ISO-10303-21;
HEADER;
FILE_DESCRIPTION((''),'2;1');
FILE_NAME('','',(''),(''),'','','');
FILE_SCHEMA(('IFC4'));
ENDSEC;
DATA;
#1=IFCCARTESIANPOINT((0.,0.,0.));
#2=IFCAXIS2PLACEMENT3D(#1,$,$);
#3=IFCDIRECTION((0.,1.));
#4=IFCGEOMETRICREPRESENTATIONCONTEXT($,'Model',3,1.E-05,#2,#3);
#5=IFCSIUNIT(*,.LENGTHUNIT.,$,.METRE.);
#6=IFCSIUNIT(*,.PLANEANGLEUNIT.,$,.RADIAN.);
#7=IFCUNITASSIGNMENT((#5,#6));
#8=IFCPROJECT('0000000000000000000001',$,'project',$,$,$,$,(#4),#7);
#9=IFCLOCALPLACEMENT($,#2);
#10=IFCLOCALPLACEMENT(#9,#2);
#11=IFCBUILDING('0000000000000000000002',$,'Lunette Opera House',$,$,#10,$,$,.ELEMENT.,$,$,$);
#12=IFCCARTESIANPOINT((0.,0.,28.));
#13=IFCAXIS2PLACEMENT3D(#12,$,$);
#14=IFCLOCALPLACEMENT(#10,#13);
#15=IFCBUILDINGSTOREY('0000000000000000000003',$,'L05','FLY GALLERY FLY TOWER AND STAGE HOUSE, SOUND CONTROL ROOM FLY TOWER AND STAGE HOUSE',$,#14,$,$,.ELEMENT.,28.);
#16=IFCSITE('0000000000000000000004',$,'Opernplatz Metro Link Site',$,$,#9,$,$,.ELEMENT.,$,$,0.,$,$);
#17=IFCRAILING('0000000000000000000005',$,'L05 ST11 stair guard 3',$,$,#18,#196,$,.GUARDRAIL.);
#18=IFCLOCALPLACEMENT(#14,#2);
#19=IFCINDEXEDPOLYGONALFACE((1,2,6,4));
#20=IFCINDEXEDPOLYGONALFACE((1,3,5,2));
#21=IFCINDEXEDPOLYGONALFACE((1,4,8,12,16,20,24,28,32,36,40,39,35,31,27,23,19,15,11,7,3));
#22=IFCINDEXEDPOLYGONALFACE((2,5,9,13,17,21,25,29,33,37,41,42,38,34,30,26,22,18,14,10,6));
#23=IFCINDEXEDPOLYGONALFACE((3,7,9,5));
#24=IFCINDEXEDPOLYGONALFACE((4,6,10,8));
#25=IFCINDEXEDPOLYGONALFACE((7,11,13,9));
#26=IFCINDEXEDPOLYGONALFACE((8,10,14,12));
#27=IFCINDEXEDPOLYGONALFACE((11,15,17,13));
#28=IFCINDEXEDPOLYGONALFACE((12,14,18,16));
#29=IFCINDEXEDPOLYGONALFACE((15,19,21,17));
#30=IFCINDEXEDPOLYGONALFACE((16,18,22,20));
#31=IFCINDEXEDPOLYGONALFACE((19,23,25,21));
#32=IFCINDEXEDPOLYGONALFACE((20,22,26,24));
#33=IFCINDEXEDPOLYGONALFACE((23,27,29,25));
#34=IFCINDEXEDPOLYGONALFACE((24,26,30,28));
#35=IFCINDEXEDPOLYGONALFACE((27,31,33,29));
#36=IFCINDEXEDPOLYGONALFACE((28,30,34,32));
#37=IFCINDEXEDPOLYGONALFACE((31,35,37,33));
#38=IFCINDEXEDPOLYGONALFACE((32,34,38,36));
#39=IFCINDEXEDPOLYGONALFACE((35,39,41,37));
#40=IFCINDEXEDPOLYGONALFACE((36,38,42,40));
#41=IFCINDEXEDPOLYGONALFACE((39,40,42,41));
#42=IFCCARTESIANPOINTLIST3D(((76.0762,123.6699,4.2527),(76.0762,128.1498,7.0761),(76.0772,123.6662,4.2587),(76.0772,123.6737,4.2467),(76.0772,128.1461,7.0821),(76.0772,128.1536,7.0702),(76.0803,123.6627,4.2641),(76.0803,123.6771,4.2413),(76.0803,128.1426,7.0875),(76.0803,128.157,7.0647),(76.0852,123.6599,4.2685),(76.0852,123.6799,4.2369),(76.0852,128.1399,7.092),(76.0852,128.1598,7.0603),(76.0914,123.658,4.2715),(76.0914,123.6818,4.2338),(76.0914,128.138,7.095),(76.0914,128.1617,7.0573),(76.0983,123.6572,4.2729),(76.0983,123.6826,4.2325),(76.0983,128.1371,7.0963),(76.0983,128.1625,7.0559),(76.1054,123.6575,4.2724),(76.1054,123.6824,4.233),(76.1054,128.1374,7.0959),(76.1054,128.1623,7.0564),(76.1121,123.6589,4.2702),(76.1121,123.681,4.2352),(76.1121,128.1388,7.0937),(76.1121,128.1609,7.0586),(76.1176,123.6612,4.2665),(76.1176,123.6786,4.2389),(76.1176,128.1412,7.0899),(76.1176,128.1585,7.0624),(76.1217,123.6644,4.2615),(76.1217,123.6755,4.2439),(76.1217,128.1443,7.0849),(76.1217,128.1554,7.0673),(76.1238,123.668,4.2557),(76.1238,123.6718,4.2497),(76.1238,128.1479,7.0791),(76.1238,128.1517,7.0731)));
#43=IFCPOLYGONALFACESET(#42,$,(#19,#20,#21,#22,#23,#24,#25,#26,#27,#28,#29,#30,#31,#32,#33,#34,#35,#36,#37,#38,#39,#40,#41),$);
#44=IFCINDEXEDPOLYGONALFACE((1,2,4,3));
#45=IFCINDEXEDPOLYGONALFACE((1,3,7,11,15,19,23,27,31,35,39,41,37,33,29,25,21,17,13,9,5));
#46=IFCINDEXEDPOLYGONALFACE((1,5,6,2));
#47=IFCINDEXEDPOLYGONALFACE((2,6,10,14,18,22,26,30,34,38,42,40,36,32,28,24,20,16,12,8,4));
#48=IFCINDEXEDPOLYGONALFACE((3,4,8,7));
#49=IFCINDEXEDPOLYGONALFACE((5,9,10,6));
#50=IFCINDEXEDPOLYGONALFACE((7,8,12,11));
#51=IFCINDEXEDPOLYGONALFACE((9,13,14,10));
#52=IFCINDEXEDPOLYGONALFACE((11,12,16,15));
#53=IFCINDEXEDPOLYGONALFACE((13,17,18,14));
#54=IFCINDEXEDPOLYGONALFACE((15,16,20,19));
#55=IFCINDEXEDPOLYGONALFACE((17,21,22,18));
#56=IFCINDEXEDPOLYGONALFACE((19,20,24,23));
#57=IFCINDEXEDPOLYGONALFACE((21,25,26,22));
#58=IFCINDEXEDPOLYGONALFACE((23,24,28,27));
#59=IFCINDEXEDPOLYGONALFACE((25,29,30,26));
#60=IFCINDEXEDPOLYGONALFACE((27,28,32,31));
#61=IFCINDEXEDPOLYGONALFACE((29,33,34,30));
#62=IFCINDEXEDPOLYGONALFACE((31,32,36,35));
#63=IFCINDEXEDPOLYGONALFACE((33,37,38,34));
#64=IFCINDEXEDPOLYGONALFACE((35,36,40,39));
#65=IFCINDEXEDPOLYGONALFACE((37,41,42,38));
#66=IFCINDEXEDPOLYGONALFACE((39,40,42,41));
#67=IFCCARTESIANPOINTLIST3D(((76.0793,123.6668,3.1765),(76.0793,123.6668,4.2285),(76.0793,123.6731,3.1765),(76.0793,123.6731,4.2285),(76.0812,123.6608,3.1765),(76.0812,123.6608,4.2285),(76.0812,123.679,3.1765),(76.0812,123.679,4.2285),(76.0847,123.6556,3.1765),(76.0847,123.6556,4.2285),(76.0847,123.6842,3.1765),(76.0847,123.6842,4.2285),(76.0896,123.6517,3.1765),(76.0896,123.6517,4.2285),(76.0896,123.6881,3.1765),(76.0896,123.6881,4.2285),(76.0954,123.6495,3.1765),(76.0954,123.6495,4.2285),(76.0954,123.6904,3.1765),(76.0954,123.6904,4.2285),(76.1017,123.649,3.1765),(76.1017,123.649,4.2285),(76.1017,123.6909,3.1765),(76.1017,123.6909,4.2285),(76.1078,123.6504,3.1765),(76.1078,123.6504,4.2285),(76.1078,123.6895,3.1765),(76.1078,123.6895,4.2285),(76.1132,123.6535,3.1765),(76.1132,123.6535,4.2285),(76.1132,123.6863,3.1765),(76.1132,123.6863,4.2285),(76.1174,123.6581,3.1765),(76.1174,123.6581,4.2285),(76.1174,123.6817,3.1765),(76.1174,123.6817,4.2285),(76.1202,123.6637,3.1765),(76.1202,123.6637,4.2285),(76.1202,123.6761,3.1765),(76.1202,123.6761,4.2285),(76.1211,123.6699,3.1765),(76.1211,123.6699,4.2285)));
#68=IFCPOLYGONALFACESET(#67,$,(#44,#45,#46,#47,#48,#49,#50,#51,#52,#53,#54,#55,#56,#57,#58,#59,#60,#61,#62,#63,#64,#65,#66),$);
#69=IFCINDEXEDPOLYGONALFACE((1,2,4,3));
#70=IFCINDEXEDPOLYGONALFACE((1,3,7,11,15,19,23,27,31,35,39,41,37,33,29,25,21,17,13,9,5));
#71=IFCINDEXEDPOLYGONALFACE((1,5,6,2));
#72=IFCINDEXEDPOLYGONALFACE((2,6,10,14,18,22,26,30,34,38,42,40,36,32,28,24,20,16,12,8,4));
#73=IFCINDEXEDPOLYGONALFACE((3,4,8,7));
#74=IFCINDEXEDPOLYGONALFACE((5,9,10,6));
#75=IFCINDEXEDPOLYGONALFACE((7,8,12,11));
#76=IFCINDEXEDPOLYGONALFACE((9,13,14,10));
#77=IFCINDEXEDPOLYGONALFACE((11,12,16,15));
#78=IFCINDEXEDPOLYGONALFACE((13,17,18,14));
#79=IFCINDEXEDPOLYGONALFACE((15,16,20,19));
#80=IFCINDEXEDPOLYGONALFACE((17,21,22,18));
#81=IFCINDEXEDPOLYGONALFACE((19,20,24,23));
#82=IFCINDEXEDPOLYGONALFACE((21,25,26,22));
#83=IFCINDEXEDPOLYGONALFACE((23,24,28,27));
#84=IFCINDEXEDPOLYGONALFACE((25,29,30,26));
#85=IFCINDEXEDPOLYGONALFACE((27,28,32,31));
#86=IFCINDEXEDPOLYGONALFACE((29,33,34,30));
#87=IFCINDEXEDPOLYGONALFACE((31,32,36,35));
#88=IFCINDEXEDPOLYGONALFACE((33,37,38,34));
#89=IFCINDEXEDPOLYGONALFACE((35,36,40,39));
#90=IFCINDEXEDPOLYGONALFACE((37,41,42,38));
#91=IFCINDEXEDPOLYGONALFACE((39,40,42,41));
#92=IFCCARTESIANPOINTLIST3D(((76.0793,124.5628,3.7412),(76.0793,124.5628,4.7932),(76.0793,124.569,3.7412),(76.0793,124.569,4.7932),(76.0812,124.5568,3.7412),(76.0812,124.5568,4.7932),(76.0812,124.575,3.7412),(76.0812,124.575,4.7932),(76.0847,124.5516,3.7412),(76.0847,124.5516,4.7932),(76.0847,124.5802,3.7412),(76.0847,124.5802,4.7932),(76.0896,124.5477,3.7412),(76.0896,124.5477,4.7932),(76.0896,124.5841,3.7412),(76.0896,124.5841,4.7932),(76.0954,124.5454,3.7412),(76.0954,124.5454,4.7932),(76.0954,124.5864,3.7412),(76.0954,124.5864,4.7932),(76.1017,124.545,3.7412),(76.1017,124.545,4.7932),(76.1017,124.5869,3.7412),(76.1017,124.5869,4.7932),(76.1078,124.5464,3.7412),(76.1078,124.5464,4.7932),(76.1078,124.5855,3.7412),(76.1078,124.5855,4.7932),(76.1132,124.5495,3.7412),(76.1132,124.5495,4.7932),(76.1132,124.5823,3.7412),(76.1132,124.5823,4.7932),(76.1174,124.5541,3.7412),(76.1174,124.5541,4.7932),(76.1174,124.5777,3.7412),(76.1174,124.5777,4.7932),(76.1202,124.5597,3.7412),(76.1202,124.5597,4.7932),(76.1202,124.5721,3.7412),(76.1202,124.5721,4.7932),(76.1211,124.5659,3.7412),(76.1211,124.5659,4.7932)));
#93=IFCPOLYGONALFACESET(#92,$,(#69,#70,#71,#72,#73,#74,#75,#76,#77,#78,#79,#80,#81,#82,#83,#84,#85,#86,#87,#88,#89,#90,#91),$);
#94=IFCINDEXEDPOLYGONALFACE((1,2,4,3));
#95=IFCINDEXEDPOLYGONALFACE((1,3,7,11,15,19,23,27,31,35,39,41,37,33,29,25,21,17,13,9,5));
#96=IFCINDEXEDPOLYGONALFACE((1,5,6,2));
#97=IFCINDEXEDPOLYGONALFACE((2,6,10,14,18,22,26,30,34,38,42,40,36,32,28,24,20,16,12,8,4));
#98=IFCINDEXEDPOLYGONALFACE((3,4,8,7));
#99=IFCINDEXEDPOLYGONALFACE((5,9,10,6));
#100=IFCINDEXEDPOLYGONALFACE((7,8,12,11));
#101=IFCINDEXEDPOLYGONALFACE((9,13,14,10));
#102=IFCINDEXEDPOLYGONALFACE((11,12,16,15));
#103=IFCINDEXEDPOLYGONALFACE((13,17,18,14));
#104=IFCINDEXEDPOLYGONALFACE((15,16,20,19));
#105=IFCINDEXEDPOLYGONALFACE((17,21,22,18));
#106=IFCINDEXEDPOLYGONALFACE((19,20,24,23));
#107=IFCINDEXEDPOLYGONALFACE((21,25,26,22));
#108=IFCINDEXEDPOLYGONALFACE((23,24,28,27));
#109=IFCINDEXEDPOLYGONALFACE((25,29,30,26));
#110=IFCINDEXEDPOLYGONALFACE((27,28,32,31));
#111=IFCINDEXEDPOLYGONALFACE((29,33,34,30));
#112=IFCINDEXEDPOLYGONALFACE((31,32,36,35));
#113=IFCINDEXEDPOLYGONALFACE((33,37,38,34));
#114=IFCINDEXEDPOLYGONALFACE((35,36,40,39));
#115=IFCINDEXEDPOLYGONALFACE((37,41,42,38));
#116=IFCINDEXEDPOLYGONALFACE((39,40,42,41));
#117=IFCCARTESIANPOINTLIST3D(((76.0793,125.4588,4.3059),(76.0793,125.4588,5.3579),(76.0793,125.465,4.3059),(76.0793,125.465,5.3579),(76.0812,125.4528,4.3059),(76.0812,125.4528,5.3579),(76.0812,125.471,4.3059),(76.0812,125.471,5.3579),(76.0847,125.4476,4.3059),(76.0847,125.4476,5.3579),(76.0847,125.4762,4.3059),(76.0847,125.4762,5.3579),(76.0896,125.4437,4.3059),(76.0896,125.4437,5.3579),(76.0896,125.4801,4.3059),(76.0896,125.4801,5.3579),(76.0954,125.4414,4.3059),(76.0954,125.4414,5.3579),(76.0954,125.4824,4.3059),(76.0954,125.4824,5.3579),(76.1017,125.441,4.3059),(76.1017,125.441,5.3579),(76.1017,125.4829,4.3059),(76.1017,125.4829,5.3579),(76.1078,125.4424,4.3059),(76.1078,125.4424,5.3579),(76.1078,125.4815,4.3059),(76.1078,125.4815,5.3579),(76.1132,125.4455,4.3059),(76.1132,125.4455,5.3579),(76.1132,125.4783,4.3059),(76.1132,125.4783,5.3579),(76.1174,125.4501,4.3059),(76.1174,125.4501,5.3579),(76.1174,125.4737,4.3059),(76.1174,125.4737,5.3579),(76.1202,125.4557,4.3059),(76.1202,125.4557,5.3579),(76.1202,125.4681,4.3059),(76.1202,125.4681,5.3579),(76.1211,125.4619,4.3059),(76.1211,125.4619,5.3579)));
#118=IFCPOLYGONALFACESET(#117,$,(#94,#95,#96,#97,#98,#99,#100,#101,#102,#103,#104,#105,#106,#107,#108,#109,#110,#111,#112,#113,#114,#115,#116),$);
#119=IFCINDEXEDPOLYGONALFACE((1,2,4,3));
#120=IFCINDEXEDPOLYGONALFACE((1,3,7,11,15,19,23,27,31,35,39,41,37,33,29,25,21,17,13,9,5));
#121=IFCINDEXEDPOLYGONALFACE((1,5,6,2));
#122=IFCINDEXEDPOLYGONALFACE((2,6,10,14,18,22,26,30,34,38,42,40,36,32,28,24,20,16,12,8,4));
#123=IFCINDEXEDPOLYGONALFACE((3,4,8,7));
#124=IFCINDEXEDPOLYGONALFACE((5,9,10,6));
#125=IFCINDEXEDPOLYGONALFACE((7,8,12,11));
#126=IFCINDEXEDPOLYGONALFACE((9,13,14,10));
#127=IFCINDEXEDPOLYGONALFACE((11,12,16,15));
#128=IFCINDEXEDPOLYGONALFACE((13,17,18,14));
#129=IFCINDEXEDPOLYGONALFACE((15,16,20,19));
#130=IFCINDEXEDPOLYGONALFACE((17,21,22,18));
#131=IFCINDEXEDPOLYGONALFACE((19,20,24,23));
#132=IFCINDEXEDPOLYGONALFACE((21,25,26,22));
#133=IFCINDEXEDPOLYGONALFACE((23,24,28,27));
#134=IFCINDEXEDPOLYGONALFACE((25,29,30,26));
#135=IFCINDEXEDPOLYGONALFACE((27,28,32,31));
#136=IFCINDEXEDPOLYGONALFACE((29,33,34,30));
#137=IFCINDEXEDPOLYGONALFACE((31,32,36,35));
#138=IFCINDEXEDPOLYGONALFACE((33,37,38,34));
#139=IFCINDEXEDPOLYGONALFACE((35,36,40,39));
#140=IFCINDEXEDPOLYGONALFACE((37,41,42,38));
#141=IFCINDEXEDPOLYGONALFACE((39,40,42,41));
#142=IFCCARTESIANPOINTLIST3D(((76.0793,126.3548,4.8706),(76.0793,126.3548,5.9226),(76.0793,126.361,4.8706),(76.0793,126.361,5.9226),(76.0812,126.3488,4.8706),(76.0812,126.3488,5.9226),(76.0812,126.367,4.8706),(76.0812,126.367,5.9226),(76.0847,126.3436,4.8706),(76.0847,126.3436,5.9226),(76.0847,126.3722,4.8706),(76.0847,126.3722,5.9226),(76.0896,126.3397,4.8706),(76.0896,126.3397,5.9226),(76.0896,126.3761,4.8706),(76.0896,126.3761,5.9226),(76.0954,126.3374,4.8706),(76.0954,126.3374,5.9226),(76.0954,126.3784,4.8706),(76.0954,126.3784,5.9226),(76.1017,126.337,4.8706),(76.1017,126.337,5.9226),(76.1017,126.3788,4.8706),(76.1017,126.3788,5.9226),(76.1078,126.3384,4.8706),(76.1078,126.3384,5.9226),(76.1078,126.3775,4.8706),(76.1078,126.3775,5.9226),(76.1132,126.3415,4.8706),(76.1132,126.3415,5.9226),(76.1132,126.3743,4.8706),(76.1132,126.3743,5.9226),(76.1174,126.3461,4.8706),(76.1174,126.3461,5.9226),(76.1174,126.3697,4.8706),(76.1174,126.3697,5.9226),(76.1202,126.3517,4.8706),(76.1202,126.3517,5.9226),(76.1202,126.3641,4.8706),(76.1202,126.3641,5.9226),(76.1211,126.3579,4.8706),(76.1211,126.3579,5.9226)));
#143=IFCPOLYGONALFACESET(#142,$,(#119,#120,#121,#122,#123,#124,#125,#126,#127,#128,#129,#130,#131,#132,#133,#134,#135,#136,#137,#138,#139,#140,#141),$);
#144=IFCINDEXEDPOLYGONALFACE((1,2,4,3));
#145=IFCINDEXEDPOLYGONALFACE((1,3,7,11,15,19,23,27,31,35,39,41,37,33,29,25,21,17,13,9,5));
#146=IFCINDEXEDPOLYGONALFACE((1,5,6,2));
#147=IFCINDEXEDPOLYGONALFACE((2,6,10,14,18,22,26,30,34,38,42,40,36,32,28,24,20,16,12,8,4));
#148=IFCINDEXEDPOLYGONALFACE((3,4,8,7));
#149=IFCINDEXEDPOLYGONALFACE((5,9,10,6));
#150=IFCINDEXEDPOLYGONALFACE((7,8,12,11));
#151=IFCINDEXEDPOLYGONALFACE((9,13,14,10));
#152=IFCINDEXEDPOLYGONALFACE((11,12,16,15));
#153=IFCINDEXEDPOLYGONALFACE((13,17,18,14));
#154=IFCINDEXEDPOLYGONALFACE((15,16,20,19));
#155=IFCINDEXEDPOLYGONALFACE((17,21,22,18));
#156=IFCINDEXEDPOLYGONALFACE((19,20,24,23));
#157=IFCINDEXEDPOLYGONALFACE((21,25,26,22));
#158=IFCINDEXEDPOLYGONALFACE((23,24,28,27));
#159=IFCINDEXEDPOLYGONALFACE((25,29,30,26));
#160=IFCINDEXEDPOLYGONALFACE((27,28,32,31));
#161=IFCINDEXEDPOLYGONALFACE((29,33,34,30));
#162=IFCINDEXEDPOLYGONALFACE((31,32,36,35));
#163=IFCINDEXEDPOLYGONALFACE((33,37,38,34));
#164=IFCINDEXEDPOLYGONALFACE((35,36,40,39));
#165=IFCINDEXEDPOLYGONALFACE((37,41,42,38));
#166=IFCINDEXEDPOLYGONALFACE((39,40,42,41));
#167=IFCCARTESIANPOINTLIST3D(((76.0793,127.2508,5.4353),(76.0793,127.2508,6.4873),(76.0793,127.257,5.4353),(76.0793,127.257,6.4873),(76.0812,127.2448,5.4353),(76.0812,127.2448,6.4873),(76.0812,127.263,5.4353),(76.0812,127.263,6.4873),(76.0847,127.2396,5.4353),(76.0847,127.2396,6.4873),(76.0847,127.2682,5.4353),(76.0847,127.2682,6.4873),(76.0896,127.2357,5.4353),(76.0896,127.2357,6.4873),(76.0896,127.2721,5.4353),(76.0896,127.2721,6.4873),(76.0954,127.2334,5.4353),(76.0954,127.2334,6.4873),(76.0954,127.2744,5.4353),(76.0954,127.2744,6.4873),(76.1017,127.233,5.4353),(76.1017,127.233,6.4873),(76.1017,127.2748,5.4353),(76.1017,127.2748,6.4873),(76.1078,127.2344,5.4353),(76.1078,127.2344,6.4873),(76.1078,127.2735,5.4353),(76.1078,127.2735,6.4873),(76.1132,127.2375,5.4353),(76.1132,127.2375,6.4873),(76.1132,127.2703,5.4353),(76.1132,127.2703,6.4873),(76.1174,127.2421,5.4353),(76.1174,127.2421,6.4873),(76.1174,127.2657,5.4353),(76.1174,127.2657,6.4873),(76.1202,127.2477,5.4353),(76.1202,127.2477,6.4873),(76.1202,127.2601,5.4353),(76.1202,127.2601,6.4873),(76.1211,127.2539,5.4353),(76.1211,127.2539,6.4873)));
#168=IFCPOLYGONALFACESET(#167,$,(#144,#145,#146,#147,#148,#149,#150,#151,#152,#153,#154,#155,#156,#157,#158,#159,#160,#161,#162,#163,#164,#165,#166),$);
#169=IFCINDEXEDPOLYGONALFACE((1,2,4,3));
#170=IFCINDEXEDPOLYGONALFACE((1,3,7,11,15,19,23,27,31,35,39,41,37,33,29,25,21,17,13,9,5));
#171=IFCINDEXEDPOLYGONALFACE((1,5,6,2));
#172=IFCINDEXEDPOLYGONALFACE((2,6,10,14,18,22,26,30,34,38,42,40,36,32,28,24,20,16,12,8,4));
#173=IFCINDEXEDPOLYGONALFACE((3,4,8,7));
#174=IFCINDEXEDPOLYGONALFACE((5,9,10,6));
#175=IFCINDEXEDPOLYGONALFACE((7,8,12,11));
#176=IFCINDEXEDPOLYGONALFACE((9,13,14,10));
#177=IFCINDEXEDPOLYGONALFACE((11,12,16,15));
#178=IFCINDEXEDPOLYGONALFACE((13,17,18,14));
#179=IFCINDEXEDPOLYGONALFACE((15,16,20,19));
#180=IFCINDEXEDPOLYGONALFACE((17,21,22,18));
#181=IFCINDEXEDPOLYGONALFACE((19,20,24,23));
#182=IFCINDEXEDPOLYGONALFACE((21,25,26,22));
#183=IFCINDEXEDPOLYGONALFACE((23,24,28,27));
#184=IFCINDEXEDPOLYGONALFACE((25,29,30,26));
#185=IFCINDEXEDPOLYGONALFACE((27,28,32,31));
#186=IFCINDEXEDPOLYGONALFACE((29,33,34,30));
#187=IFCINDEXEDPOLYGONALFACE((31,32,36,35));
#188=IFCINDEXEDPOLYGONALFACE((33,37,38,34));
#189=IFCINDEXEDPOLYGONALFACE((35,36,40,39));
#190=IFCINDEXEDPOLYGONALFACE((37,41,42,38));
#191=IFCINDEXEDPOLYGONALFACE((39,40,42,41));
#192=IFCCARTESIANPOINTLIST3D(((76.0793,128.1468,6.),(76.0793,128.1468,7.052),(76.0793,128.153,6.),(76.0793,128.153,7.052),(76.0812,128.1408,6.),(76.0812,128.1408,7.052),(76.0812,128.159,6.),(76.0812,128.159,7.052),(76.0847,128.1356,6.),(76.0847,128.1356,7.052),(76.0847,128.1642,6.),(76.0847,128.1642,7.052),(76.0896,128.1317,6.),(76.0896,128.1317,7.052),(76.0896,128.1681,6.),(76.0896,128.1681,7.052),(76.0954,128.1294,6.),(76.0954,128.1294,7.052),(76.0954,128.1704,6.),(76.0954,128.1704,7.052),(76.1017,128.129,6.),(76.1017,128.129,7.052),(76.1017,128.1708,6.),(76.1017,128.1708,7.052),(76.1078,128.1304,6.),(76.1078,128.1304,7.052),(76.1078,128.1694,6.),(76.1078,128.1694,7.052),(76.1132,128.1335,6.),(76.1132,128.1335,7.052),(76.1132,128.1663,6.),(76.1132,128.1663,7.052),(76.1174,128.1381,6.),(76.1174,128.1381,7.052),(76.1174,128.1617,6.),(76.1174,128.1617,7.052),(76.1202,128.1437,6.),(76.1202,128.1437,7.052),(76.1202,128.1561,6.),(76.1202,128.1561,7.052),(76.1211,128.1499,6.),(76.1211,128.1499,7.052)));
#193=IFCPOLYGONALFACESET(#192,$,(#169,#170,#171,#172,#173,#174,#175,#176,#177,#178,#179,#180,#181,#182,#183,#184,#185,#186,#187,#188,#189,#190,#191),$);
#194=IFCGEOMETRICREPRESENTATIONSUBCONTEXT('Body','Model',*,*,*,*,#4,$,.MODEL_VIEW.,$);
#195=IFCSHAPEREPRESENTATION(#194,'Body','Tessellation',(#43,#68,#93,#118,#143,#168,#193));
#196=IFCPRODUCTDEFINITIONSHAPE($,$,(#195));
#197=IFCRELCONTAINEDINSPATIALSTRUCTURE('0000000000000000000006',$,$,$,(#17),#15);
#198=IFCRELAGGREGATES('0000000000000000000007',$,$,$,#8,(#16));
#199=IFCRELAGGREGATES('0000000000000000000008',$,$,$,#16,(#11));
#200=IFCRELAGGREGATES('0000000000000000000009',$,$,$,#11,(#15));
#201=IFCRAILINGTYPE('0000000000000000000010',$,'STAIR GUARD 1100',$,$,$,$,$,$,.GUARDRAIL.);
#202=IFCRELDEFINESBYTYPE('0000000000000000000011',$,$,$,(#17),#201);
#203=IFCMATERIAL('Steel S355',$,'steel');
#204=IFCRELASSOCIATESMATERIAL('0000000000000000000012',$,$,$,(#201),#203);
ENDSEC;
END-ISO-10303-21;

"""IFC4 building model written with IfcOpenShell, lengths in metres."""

from ifc_helpers import new_model, si_unit, direction, frame, origin, origin_2d, place, context, subcontext, project, spatial, circle, extrude, material, type_object, element, save


model = new_model("IFC4")

# Units and contexts
model_context = context("Model", 3, precision=1e-05, world=origin(), true_north=direction((0.0, 1.0)))
body_context = subcontext(model_context, "Body", "Model", "MODEL_VIEW")
ifc_project = project(units=[si_unit("LENGTHUNIT", "METRE"), si_unit("PLANEANGLEUNIT", "RADIAN")], contexts=[model_context])

# Site, building, storey
site_placement = place(None, origin())
site = spatial("IfcSite", under=ifc_project, at=site_placement, Name="Opernplatz Metro Link Site", CompositionType="ELEMENT", RefElevation=0.0)
building_placement = place(site_placement, origin())
building = spatial("IfcBuilding", under=site, at=building_placement, Name="Lunette Opera House", CompositionType="ELEMENT")
storey_placement = place(building_placement, frame((0.0, 0.0, 28.0)))
storey = spatial("IfcBuildingStorey", under=building, at=storey_placement, Name="L05", Description="FLY GALLERY FLY TOWER AND STAGE HOUSE, SOUND CONTROL ROOM FLY TOWER AND STAGE HOUSE", CompositionType="ELEMENT", Elevation=28.0)

# Railing
ifc_material_1 = material(Name="Steel S355", Category="steel")
railing_type_1 = type_object("IfcRailingType", Name="STAIR GUARD 1100", PredefinedType="GUARDRAIL", material=ifc_material_1)
railing_1_placement = place(storey_placement, frame((76.1001, 123.6699, 3.1765)))
element("IfcRailing", 1, at=railing_1_placement, inside=storey, type_object=railing_type_1, Name="L05 ST11 stair guard 3", PredefinedType="GUARDRAIL", context=body_context, shape_type="SweptSolid", body=[
    extrude(circle(Radius=0.0239, at=origin_2d()), frame((0.0, 0.0, 1.0762), z_axis=(0.0, 0.845998, 0.533186), x_axis=(-1.0, 0.0, 0.0)), (0.0, 0.0, 1.0), 5.2954),
    extrude(circle(Radius=0.021, at=origin_2d()), origin(), (0.0, 0.0, 1.0), 1.052),
    extrude(circle(Radius=0.021, at=origin_2d()), frame((0.0, 0.896, 0.5647)), (0.0, 0.0, 1.0), 1.052),
    extrude(circle(Radius=0.021, at=origin_2d()), frame((0.0, 1.792, 1.1294)), (0.0, 0.0, 1.0), 1.052),
    extrude(circle(Radius=0.021, at=origin_2d()), frame((0.0, 2.688, 1.6941)), (0.0, 0.0, 1.0), 1.052),
    extrude(circle(Radius=0.021, at=origin_2d()), frame((0.0, 3.584, 2.2588)), (0.0, 0.0, 1.0), 1.052),
    extrude(circle(Radius=0.021, at=origin_2d()), frame((0.0, 4.48, 2.8235)), (0.0, 0.0, 1.0), 1.052),
])

save(model, "model.ifc")
